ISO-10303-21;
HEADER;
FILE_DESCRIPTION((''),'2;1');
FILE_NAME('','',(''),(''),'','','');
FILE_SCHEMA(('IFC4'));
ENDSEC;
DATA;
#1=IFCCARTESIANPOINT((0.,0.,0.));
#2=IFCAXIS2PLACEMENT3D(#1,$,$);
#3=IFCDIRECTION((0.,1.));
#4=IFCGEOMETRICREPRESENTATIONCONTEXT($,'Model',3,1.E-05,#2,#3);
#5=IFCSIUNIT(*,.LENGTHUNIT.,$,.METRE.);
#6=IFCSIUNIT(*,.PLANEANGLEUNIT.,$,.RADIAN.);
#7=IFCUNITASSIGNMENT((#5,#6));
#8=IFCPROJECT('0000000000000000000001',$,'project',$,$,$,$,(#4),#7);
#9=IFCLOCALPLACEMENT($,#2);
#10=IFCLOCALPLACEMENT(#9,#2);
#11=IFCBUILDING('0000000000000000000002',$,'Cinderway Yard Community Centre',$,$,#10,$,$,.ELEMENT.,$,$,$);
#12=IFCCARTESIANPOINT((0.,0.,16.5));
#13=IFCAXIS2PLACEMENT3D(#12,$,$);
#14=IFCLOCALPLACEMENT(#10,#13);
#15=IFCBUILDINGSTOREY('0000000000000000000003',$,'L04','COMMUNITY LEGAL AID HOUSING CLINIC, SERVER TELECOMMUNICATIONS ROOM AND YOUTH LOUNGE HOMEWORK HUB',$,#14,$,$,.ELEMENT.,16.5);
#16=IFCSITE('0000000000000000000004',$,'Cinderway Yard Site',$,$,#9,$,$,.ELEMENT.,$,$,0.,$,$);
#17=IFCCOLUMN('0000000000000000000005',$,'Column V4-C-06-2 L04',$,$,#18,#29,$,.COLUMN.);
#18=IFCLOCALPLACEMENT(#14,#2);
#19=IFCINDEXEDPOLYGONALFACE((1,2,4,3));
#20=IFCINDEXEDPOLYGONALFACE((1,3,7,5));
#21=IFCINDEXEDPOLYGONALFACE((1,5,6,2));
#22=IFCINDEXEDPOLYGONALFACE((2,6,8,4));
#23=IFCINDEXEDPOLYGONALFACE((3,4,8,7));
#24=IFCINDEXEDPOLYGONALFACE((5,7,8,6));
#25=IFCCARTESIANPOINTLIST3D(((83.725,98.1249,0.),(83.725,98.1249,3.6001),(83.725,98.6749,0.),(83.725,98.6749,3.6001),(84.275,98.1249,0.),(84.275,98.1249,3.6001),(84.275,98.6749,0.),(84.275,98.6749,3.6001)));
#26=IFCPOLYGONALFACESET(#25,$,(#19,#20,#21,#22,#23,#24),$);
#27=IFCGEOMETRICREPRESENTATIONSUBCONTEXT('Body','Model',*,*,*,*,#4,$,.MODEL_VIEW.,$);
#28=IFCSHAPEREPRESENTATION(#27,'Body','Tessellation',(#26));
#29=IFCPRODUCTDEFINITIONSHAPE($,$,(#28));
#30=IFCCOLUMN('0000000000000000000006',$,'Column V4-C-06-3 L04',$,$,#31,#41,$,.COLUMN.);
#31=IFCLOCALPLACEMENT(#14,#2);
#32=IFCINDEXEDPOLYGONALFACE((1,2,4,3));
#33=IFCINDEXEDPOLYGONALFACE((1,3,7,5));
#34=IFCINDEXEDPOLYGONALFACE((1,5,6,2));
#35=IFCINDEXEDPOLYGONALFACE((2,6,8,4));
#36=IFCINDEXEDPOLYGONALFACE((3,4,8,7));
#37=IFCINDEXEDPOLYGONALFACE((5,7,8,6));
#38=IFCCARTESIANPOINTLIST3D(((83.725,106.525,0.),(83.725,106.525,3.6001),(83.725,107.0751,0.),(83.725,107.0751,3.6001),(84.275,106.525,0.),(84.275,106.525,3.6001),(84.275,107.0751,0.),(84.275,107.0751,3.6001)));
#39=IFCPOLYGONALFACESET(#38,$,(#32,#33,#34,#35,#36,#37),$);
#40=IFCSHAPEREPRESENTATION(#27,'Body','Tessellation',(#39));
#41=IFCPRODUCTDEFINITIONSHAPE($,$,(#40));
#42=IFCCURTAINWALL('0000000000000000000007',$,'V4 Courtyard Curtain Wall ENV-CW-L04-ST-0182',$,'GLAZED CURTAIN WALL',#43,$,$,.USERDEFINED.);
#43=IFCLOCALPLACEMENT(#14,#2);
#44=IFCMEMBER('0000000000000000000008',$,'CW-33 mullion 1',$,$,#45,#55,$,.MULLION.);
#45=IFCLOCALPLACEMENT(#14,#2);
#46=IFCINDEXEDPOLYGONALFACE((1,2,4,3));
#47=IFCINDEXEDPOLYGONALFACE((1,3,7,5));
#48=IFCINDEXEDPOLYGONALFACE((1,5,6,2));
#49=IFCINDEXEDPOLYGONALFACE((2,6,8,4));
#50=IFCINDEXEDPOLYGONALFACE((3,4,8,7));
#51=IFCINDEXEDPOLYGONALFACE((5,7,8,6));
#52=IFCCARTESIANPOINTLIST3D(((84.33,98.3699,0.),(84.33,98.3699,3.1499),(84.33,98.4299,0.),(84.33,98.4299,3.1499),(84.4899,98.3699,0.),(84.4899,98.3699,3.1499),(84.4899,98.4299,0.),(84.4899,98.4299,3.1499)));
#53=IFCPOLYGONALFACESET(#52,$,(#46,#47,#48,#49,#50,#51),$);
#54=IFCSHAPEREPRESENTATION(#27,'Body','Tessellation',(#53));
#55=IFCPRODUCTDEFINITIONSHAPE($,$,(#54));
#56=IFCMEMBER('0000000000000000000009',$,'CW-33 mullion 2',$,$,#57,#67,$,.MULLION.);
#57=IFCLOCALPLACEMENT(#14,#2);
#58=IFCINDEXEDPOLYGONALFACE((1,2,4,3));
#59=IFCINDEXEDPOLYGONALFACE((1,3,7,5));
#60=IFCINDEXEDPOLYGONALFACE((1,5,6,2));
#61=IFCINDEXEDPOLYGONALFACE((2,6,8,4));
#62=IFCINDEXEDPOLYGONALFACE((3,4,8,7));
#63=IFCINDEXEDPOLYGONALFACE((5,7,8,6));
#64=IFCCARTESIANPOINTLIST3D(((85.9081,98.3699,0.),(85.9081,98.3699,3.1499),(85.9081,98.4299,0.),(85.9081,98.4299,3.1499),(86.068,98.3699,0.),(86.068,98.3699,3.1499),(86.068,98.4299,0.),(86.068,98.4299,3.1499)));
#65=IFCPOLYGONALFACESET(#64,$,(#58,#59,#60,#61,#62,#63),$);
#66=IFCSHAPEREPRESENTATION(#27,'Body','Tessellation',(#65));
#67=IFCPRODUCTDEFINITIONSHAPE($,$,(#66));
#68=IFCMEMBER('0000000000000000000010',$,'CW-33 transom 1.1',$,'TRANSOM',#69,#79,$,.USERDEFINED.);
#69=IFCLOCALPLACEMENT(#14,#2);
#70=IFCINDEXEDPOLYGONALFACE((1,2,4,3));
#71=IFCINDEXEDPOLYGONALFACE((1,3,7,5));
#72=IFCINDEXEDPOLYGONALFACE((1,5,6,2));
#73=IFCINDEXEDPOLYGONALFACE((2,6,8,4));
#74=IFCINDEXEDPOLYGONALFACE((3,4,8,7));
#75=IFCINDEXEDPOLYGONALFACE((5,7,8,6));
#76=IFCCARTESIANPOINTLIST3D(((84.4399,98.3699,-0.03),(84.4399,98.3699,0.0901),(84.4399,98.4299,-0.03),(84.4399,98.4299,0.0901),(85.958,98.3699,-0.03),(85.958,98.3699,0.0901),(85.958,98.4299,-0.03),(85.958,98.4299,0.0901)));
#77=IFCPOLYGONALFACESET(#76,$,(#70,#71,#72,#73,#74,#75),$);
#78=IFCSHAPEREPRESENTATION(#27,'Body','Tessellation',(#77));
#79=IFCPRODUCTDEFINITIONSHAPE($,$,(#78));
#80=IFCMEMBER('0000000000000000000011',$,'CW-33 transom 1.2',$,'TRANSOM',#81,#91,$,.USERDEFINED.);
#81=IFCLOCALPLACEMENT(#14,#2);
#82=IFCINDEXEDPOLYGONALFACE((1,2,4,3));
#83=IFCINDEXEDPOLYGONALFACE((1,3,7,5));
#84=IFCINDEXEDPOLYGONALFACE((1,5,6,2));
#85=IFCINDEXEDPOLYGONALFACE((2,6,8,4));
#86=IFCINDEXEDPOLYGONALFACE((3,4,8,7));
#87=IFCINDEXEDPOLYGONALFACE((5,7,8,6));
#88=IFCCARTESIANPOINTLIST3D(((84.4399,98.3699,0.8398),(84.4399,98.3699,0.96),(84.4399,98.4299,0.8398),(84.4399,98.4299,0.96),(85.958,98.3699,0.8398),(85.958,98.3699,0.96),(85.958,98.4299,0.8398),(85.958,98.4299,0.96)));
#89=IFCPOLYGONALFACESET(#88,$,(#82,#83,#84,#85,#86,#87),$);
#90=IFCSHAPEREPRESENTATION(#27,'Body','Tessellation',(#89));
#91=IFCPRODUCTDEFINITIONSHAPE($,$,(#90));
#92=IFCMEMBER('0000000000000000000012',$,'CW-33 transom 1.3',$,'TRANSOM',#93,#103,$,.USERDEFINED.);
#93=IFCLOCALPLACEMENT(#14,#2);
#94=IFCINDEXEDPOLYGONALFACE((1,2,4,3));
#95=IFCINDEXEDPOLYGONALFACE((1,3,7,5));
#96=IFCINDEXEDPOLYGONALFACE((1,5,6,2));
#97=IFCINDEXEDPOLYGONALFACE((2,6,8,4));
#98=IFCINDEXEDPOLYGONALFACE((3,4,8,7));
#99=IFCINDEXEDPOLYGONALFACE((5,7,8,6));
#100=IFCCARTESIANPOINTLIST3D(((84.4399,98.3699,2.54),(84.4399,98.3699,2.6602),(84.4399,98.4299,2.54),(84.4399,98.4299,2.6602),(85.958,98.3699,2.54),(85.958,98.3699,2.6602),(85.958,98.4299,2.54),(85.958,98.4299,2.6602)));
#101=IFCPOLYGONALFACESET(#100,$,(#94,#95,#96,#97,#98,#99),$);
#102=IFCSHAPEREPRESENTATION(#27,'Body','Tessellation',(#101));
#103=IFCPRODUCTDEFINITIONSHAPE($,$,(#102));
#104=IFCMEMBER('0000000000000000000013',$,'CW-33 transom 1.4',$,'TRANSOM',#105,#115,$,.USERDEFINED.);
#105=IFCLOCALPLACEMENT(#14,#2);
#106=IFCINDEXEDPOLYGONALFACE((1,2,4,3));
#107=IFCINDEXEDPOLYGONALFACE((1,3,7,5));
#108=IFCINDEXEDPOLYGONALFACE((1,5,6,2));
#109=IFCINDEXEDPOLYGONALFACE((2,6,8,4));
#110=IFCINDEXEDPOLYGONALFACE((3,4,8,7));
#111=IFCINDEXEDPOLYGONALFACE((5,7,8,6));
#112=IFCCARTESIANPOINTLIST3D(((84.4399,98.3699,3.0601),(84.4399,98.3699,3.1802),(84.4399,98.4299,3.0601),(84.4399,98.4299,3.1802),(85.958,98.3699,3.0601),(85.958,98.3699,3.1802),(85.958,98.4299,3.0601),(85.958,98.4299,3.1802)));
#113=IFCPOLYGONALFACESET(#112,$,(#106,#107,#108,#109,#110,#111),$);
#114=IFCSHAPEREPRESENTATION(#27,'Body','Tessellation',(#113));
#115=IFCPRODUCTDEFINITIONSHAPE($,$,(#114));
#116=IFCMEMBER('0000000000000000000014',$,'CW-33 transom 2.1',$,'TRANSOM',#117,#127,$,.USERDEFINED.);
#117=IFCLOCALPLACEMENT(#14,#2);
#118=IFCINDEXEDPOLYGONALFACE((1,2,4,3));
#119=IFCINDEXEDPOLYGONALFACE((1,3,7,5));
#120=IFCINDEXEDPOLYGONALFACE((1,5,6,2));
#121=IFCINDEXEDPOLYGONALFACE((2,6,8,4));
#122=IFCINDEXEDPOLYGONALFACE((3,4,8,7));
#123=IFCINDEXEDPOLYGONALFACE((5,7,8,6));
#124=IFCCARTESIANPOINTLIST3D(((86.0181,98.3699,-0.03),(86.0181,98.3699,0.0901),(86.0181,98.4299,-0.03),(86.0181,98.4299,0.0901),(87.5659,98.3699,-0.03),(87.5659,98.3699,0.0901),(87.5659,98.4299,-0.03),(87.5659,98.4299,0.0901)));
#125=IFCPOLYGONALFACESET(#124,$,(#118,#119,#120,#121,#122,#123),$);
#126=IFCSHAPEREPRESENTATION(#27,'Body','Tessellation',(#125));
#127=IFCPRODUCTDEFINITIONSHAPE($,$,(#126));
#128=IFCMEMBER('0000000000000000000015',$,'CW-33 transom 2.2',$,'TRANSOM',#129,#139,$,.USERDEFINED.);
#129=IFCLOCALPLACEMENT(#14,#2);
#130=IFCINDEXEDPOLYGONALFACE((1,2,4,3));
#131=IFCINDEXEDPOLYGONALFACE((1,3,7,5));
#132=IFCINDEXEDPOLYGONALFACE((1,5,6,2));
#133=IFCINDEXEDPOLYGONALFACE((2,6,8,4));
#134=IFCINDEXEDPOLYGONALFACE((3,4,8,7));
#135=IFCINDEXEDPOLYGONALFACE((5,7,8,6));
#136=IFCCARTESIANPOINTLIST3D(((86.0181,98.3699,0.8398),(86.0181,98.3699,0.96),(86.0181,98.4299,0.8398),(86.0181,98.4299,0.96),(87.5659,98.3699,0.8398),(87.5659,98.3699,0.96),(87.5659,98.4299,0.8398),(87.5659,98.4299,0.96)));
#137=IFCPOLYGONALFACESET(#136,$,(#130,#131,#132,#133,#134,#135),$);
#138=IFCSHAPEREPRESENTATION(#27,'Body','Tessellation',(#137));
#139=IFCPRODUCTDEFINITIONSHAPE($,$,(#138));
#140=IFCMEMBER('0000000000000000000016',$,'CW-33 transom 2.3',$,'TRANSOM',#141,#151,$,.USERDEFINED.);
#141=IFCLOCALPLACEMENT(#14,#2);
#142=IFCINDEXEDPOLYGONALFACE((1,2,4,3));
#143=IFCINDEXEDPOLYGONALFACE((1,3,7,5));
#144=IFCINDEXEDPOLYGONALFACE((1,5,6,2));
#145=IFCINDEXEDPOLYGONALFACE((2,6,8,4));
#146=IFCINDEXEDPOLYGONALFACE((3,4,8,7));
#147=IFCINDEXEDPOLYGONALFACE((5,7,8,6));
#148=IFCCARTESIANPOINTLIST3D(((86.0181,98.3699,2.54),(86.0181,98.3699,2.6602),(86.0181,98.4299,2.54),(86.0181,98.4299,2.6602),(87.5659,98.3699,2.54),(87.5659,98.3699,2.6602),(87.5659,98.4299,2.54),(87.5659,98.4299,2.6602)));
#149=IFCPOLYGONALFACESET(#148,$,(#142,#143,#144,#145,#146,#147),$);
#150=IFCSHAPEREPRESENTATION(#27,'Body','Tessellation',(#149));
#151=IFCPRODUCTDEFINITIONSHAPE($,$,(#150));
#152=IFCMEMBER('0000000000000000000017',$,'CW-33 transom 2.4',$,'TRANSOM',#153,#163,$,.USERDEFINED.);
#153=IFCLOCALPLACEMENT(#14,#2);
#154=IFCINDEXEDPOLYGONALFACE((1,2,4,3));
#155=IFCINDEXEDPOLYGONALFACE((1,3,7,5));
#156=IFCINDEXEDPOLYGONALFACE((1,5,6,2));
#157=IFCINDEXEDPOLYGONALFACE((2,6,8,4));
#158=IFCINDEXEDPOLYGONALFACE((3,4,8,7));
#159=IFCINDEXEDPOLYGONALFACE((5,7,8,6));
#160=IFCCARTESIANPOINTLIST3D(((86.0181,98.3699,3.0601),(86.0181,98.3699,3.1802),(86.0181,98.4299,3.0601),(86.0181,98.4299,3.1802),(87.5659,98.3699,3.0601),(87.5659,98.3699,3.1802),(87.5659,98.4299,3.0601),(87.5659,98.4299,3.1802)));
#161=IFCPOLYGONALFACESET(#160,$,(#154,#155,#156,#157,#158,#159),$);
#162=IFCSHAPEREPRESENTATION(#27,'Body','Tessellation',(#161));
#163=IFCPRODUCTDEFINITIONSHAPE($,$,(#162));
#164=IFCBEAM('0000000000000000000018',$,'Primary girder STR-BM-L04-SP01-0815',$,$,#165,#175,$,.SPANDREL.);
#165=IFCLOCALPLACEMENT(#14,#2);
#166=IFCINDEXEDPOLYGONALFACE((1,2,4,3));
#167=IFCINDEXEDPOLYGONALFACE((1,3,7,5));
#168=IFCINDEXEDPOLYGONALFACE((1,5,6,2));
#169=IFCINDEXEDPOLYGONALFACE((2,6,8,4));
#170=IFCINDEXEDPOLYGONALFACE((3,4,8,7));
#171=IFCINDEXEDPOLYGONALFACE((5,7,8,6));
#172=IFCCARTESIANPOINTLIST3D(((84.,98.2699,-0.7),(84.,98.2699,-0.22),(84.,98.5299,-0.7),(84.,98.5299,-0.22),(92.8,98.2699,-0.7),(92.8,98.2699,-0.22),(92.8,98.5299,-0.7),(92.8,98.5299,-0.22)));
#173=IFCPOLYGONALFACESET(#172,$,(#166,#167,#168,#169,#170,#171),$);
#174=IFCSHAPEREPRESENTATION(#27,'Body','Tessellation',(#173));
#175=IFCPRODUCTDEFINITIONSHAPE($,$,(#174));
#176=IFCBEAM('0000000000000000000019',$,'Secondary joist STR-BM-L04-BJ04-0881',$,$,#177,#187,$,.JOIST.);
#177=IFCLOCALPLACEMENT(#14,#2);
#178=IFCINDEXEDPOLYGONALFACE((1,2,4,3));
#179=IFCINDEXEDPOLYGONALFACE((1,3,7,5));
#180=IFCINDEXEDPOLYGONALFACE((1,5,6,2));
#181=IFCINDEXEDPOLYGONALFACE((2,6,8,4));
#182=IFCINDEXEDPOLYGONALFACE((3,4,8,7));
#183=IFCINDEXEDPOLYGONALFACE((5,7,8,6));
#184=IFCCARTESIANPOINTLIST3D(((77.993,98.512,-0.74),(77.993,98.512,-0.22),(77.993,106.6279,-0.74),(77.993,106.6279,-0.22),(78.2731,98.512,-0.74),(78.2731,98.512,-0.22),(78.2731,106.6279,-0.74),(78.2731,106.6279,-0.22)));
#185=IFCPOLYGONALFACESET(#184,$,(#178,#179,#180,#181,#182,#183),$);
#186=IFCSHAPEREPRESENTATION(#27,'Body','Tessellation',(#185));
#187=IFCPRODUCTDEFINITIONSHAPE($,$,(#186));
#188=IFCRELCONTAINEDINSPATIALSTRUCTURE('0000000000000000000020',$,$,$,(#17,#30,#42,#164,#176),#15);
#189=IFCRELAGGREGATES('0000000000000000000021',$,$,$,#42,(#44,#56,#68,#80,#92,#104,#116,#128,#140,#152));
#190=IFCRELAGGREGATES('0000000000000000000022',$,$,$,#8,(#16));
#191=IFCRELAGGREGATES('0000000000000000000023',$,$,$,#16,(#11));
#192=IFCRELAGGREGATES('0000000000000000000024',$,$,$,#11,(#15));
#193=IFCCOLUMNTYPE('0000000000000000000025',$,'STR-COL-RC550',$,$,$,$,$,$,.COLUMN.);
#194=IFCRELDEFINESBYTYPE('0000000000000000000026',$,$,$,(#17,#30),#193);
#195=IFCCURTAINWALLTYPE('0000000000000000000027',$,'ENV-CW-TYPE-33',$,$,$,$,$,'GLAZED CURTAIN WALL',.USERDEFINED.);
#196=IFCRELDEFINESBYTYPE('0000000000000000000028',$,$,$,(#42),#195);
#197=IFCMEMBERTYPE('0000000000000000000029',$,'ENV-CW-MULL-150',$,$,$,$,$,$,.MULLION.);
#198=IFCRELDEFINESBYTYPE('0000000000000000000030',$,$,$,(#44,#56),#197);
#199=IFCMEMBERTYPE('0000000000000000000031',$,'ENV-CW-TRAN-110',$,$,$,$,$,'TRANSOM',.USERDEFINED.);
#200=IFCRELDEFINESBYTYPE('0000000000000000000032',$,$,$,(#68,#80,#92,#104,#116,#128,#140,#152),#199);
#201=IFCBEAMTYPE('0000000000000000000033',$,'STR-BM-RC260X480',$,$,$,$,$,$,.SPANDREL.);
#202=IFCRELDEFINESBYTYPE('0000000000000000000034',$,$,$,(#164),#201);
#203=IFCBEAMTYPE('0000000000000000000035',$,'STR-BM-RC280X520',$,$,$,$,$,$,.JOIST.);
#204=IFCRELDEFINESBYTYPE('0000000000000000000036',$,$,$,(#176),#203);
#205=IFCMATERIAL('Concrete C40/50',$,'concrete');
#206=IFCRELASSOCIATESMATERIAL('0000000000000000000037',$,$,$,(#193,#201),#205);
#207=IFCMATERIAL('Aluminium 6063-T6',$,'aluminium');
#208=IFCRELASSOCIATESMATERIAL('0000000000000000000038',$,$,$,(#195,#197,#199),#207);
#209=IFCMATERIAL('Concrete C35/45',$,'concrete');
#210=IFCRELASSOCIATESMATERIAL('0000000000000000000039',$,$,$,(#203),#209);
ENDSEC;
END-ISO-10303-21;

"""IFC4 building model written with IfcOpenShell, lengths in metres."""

from ifc_helpers import new_model, si_unit, direction, frame, origin, origin_2d, place, context, subcontext, project, spatial, rectangle, extrude, material, material_profile, profile_set, type_object, element, aggregate, save


model = new_model("IFC4")

# Units and contexts
model_context = context("Model", 3, precision=1e-05, world=origin(), true_north=direction((0.0, 1.0)))
body_context = subcontext(model_context, "Body", "Model", "MODEL_VIEW")
ifc_project = project(units=[si_unit("LENGTHUNIT", "METRE"), si_unit("PLANEANGLEUNIT", "RADIAN")], contexts=[model_context])

# Site, building, storey
site_placement = place(None, origin())
site = spatial("IfcSite", under=ifc_project, at=site_placement, Name="Cinderway Yard Site", CompositionType="ELEMENT", RefElevation=0.0)
building_placement = place(site_placement, origin())
building = spatial("IfcBuilding", under=site, at=building_placement, Name="Cinderway Yard Community Centre", CompositionType="ELEMENT")
storey_placement = place(building_placement, frame((0.0, 0.0, 16.5)))
storey = spatial("IfcBuildingStorey", under=building, at=storey_placement, Name="L04", Description="COMMUNITY LEGAL AID HOUSING CLINIC, SERVER TELECOMMUNICATIONS ROOM AND YOUTH LOUNGE HOMEWORK HUB", CompositionType="ELEMENT", Elevation=16.5)

# Columns
ifc_material_1 = material(Name="Concrete C40/50", Category="concrete")
ifc_material_profile_1 = material_profile(ifc_material_1, rectangle(XDim=0.55, YDim=0.55, at=origin_2d()), Name="Concrete C40/50")
ifc_profile_set_1 = profile_set([ifc_material_profile_1], Name="Concrete C40/50")
column_type = type_object("IfcColumnType", Name="STR-COL-RC550", PredefinedType="COLUMN", material=ifc_profile_set_1)
for number, where, z_axis, x_axis, name in (
    (1, (84.0, 98.3999, 0.0), (0.0, 0.0, 1.0), (1.0, 0.0, 0.0), "Column V4-C-06-2 L04"),
    (2, (84.0, 106.8, 0.0), (0.0, 0.0, 1.0), (1.0, 0.0, 0.0), "Column V4-C-06-3 L04"),
):
    element("IfcColumn", number, at=place(storey_placement, frame(where, z_axis=z_axis, x_axis=x_axis)), inside=storey, type_object=column_type, Name=name, PredefinedType="COLUMN", context=body_context, shape_type="SweptSolid", body=[
        extrude(rectangle(XDim=0.55, YDim=0.55, at=origin_2d()), origin(), (0.0, 0.0, 1.0), 3.6001),
    ])

# Curtain wall, members
ifc_material_2 = material(Name="Aluminium 6063-T6", Category="aluminium")
curtain_wall_type = type_object("IfcCurtainWallType", Name="ENV-CW-TYPE-33", ElementType="GLAZED CURTAIN WALL", PredefinedType="USERDEFINED", material=ifc_material_2)
curtain_wall_placement = place(storey_placement, origin())
curtain_wall = element("IfcCurtainWall", 3, at=curtain_wall_placement, inside=storey, type_object=curtain_wall_type, Name="V4 Courtyard Curtain Wall ENV-CW-L04-ST-0182", ObjectType="GLAZED CURTAIN WALL", PredefinedType="USERDEFINED")
ifc_material_profile_2 = material_profile(ifc_material_2, rectangle(XDim=0.0601, YDim=0.1599, at=origin_2d()), Name="Aluminium 6063-T6")
ifc_profile_set_2 = profile_set([ifc_material_profile_2], Name="Aluminium 6063-T6")
member_type_1 = type_object("IfcMemberType", Name="ENV-CW-MULL-150", PredefinedType="MULLION", material=ifc_profile_set_2)
member_1_placement = place(storey_placement, frame((84.4099, 98.3999, 0.0), z_axis=(0.0, 0.0, 1.0), x_axis=(0.0, 1.0, 0.0)))
member_1 = element("IfcMember", 4, at=member_1_placement, type_object=member_type_1, Name="CW-33 mullion 1", PredefinedType="MULLION", context=body_context, shape_type="SweptSolid", body=[
    extrude(rectangle(XDim=0.0601, YDim=0.1599, at=origin_2d()), origin(), (0.0, 0.0, 1.0), 3.1499),
])
member_2_placement = place(storey_placement, frame((85.988, 98.3999, 0.0), z_axis=(0.0, 0.0, 1.0), x_axis=(0.0, 1.0, 0.0)))
member_2 = element("IfcMember", 5, at=member_2_placement, type_object=member_type_1, Name="CW-33 mullion 2", PredefinedType="MULLION", context=body_context, shape_type="SweptSolid", body=[
    extrude(rectangle(XDim=0.0601, YDim=0.1599, at=origin_2d()), origin(), (0.0, 0.0, 1.0), 3.1499),
])
ifc_material_profile_3 = material_profile(ifc_material_2, rectangle(XDim=0.0601, YDim=0.1201, at=origin_2d()), Name="Aluminium 6063-T6")
ifc_profile_set_3 = profile_set([ifc_material_profile_3], Name="Aluminium 6063-T6")
member_type_2 = type_object("IfcMemberType", Name="ENV-CW-TRAN-110", ElementType="TRANSOM", PredefinedType="USERDEFINED", material=ifc_profile_set_3)
member_3_placement = place(storey_placement, frame((84.4399, 98.3999, 0.03), z_axis=(1.0, 0.0, 0.0), x_axis=(0.0, 1.0, 0.0)))
member_3 = element("IfcMember", 6, at=member_3_placement, type_object=member_type_2, Name="CW-33 transom 1.1", ObjectType="TRANSOM", PredefinedType="USERDEFINED", context=body_context, shape_type="SweptSolid", body=[
    extrude(rectangle(XDim=0.0601, YDim=0.1201, at=origin_2d()), origin(), (0.0, 0.0, 1.0), 1.5181),
])
member_4_placement = place(storey_placement, frame((84.4399, 98.3999, 0.8999), z_axis=(1.0, 0.0, 0.0), x_axis=(0.0, 1.0, 0.0)))
member_4 = element("IfcMember", 7, at=member_4_placement, type_object=member_type_2, Name="CW-33 transom 1.2", ObjectType="TRANSOM", PredefinedType="USERDEFINED", context=body_context, shape_type="SweptSolid", body=[
    extrude(rectangle(XDim=0.0601, YDim=0.1201, at=origin_2d()), origin(), (0.0, 0.0, 1.0), 1.5181),
])
member_5_placement = place(storey_placement, frame((84.4399, 98.3999, 2.6001), z_axis=(1.0, 0.0, 0.0), x_axis=(0.0, 1.0, 0.0)))
member_5 = element("IfcMember", 8, at=member_5_placement, type_object=member_type_2, Name="CW-33 transom 1.3", ObjectType="TRANSOM", PredefinedType="USERDEFINED", context=body_context, shape_type="SweptSolid", body=[
    extrude(rectangle(XDim=0.0601, YDim=0.1201, at=origin_2d()), origin(), (0.0, 0.0, 1.0), 1.5181),
])
member_6_placement = place(storey_placement, frame((84.4399, 98.3999, 3.1201), z_axis=(1.0, 0.0, 0.0), x_axis=(0.0, 1.0, 0.0)))
member_6 = element("IfcMember", 9, at=member_6_placement, type_object=member_type_2, Name="CW-33 transom 1.4", ObjectType="TRANSOM", PredefinedType="USERDEFINED", context=body_context, shape_type="SweptSolid", body=[
    extrude(rectangle(XDim=0.0601, YDim=0.1201, at=origin_2d()), origin(), (0.0, 0.0, 1.0), 1.5181),
])
member_7_placement = place(storey_placement, frame((86.0181, 98.3999, 0.03), z_axis=(1.0, 0.0, 0.0), x_axis=(0.0, 1.0, 0.0)))
member_7 = element("IfcMember", 10, at=member_7_placement, type_object=member_type_2, Name="CW-33 transom 2.1", ObjectType="TRANSOM", PredefinedType="USERDEFINED", context=body_context, shape_type="SweptSolid", body=[
    extrude(rectangle(XDim=0.0601, YDim=0.1201, at=origin_2d()), origin(), (0.0, 0.0, 1.0), 1.5479),
])
member_8_placement = place(storey_placement, frame((86.0181, 98.3999, 0.8999), z_axis=(1.0, 0.0, 0.0), x_axis=(0.0, 1.0, 0.0)))
member_8 = element("IfcMember", 11, at=member_8_placement, type_object=member_type_2, Name="CW-33 transom 2.2", ObjectType="TRANSOM", PredefinedType="USERDEFINED", context=body_context, shape_type="SweptSolid", body=[
    extrude(rectangle(XDim=0.0601, YDim=0.1201, at=origin_2d()), origin(), (0.0, 0.0, 1.0), 1.5479),
])
member_9_placement = place(storey_placement, frame((86.0181, 98.3999, 2.6001), z_axis=(1.0, 0.0, 0.0), x_axis=(0.0, 1.0, 0.0)))
member_9 = element("IfcMember", 12, at=member_9_placement, type_object=member_type_2, Name="CW-33 transom 2.3", ObjectType="TRANSOM", PredefinedType="USERDEFINED", context=body_context, shape_type="SweptSolid", body=[
    extrude(rectangle(XDim=0.0601, YDim=0.1201, at=origin_2d()), origin(), (0.0, 0.0, 1.0), 1.5479),
])
member_10_placement = place(storey_placement, frame((86.0181, 98.3999, 3.1201), z_axis=(1.0, 0.0, 0.0), x_axis=(0.0, 1.0, 0.0)))
member_10 = element("IfcMember", 13, at=member_10_placement, type_object=member_type_2, Name="CW-33 transom 2.4", ObjectType="TRANSOM", PredefinedType="USERDEFINED", context=body_context, shape_type="SweptSolid", body=[
    extrude(rectangle(XDim=0.0601, YDim=0.1201, at=origin_2d()), origin(), (0.0, 0.0, 1.0), 1.5479),
])

# Beams
ifc_material_profile_4 = material_profile(ifc_material_1, rectangle(XDim=0.26, YDim=0.48, at=origin_2d()), Name="Concrete C40/50")
ifc_profile_set_4 = profile_set([ifc_material_profile_4], Name="Concrete C40/50")
beam_type_1 = type_object("IfcBeamType", Name="STR-BM-RC260X480", PredefinedType="SPANDREL", material=ifc_profile_set_4)
beam_1_placement = place(storey_placement, frame((84.0, 98.3999, -0.46), z_axis=(1.0, 0.0, 0.0), x_axis=(0.0, 1.0, 0.0)))
element("IfcBeam", 14, at=beam_1_placement, inside=storey, type_object=beam_type_1, Name="Primary girder STR-BM-L04-SP01-0815", PredefinedType="SPANDREL", context=body_context, shape_type="SweptSolid", body=[
    extrude(rectangle(XDim=0.26, YDim=0.48, at=origin_2d()), origin(), (0.0, 0.0, 1.0), 8.8),
])
ifc_material_3 = material(Name="Concrete C35/45", Category="concrete")
ifc_material_profile_5 = material_profile(ifc_material_3, rectangle(XDim=0.28, YDim=0.52, at=origin_2d()), Name="Concrete C35/45")
ifc_profile_set_5 = profile_set([ifc_material_profile_5], Name="Concrete C35/45")
beam_type_2 = type_object("IfcBeamType", Name="STR-BM-RC280X520", PredefinedType="JOIST", material=ifc_profile_set_5)
for number, where, z_axis, x_axis, name in (
    (15, (78.1331, 98.512, -0.48), (0.0, 1.0, 0.0), (-1.0, 0.0, 0.0), "Secondary joist STR-BM-L04-BJ04-0881"),
):
    element("IfcBeam", number, at=place(storey_placement, frame(where, z_axis=z_axis, x_axis=x_axis)), inside=storey, type_object=beam_type_2, Name=name, PredefinedType="JOIST", context=body_context, shape_type="SweptSolid", body=[
        extrude(rectangle(XDim=0.28, YDim=0.52, at=origin_2d()), origin(), (0.0, 0.0, 1.0), 8.116),
    ])

aggregate(curtain_wall, [member_1, member_2, member_3, member_4, member_5, member_6, member_7, member_8, member_9, member_10])

save(model, "model.ifc")
